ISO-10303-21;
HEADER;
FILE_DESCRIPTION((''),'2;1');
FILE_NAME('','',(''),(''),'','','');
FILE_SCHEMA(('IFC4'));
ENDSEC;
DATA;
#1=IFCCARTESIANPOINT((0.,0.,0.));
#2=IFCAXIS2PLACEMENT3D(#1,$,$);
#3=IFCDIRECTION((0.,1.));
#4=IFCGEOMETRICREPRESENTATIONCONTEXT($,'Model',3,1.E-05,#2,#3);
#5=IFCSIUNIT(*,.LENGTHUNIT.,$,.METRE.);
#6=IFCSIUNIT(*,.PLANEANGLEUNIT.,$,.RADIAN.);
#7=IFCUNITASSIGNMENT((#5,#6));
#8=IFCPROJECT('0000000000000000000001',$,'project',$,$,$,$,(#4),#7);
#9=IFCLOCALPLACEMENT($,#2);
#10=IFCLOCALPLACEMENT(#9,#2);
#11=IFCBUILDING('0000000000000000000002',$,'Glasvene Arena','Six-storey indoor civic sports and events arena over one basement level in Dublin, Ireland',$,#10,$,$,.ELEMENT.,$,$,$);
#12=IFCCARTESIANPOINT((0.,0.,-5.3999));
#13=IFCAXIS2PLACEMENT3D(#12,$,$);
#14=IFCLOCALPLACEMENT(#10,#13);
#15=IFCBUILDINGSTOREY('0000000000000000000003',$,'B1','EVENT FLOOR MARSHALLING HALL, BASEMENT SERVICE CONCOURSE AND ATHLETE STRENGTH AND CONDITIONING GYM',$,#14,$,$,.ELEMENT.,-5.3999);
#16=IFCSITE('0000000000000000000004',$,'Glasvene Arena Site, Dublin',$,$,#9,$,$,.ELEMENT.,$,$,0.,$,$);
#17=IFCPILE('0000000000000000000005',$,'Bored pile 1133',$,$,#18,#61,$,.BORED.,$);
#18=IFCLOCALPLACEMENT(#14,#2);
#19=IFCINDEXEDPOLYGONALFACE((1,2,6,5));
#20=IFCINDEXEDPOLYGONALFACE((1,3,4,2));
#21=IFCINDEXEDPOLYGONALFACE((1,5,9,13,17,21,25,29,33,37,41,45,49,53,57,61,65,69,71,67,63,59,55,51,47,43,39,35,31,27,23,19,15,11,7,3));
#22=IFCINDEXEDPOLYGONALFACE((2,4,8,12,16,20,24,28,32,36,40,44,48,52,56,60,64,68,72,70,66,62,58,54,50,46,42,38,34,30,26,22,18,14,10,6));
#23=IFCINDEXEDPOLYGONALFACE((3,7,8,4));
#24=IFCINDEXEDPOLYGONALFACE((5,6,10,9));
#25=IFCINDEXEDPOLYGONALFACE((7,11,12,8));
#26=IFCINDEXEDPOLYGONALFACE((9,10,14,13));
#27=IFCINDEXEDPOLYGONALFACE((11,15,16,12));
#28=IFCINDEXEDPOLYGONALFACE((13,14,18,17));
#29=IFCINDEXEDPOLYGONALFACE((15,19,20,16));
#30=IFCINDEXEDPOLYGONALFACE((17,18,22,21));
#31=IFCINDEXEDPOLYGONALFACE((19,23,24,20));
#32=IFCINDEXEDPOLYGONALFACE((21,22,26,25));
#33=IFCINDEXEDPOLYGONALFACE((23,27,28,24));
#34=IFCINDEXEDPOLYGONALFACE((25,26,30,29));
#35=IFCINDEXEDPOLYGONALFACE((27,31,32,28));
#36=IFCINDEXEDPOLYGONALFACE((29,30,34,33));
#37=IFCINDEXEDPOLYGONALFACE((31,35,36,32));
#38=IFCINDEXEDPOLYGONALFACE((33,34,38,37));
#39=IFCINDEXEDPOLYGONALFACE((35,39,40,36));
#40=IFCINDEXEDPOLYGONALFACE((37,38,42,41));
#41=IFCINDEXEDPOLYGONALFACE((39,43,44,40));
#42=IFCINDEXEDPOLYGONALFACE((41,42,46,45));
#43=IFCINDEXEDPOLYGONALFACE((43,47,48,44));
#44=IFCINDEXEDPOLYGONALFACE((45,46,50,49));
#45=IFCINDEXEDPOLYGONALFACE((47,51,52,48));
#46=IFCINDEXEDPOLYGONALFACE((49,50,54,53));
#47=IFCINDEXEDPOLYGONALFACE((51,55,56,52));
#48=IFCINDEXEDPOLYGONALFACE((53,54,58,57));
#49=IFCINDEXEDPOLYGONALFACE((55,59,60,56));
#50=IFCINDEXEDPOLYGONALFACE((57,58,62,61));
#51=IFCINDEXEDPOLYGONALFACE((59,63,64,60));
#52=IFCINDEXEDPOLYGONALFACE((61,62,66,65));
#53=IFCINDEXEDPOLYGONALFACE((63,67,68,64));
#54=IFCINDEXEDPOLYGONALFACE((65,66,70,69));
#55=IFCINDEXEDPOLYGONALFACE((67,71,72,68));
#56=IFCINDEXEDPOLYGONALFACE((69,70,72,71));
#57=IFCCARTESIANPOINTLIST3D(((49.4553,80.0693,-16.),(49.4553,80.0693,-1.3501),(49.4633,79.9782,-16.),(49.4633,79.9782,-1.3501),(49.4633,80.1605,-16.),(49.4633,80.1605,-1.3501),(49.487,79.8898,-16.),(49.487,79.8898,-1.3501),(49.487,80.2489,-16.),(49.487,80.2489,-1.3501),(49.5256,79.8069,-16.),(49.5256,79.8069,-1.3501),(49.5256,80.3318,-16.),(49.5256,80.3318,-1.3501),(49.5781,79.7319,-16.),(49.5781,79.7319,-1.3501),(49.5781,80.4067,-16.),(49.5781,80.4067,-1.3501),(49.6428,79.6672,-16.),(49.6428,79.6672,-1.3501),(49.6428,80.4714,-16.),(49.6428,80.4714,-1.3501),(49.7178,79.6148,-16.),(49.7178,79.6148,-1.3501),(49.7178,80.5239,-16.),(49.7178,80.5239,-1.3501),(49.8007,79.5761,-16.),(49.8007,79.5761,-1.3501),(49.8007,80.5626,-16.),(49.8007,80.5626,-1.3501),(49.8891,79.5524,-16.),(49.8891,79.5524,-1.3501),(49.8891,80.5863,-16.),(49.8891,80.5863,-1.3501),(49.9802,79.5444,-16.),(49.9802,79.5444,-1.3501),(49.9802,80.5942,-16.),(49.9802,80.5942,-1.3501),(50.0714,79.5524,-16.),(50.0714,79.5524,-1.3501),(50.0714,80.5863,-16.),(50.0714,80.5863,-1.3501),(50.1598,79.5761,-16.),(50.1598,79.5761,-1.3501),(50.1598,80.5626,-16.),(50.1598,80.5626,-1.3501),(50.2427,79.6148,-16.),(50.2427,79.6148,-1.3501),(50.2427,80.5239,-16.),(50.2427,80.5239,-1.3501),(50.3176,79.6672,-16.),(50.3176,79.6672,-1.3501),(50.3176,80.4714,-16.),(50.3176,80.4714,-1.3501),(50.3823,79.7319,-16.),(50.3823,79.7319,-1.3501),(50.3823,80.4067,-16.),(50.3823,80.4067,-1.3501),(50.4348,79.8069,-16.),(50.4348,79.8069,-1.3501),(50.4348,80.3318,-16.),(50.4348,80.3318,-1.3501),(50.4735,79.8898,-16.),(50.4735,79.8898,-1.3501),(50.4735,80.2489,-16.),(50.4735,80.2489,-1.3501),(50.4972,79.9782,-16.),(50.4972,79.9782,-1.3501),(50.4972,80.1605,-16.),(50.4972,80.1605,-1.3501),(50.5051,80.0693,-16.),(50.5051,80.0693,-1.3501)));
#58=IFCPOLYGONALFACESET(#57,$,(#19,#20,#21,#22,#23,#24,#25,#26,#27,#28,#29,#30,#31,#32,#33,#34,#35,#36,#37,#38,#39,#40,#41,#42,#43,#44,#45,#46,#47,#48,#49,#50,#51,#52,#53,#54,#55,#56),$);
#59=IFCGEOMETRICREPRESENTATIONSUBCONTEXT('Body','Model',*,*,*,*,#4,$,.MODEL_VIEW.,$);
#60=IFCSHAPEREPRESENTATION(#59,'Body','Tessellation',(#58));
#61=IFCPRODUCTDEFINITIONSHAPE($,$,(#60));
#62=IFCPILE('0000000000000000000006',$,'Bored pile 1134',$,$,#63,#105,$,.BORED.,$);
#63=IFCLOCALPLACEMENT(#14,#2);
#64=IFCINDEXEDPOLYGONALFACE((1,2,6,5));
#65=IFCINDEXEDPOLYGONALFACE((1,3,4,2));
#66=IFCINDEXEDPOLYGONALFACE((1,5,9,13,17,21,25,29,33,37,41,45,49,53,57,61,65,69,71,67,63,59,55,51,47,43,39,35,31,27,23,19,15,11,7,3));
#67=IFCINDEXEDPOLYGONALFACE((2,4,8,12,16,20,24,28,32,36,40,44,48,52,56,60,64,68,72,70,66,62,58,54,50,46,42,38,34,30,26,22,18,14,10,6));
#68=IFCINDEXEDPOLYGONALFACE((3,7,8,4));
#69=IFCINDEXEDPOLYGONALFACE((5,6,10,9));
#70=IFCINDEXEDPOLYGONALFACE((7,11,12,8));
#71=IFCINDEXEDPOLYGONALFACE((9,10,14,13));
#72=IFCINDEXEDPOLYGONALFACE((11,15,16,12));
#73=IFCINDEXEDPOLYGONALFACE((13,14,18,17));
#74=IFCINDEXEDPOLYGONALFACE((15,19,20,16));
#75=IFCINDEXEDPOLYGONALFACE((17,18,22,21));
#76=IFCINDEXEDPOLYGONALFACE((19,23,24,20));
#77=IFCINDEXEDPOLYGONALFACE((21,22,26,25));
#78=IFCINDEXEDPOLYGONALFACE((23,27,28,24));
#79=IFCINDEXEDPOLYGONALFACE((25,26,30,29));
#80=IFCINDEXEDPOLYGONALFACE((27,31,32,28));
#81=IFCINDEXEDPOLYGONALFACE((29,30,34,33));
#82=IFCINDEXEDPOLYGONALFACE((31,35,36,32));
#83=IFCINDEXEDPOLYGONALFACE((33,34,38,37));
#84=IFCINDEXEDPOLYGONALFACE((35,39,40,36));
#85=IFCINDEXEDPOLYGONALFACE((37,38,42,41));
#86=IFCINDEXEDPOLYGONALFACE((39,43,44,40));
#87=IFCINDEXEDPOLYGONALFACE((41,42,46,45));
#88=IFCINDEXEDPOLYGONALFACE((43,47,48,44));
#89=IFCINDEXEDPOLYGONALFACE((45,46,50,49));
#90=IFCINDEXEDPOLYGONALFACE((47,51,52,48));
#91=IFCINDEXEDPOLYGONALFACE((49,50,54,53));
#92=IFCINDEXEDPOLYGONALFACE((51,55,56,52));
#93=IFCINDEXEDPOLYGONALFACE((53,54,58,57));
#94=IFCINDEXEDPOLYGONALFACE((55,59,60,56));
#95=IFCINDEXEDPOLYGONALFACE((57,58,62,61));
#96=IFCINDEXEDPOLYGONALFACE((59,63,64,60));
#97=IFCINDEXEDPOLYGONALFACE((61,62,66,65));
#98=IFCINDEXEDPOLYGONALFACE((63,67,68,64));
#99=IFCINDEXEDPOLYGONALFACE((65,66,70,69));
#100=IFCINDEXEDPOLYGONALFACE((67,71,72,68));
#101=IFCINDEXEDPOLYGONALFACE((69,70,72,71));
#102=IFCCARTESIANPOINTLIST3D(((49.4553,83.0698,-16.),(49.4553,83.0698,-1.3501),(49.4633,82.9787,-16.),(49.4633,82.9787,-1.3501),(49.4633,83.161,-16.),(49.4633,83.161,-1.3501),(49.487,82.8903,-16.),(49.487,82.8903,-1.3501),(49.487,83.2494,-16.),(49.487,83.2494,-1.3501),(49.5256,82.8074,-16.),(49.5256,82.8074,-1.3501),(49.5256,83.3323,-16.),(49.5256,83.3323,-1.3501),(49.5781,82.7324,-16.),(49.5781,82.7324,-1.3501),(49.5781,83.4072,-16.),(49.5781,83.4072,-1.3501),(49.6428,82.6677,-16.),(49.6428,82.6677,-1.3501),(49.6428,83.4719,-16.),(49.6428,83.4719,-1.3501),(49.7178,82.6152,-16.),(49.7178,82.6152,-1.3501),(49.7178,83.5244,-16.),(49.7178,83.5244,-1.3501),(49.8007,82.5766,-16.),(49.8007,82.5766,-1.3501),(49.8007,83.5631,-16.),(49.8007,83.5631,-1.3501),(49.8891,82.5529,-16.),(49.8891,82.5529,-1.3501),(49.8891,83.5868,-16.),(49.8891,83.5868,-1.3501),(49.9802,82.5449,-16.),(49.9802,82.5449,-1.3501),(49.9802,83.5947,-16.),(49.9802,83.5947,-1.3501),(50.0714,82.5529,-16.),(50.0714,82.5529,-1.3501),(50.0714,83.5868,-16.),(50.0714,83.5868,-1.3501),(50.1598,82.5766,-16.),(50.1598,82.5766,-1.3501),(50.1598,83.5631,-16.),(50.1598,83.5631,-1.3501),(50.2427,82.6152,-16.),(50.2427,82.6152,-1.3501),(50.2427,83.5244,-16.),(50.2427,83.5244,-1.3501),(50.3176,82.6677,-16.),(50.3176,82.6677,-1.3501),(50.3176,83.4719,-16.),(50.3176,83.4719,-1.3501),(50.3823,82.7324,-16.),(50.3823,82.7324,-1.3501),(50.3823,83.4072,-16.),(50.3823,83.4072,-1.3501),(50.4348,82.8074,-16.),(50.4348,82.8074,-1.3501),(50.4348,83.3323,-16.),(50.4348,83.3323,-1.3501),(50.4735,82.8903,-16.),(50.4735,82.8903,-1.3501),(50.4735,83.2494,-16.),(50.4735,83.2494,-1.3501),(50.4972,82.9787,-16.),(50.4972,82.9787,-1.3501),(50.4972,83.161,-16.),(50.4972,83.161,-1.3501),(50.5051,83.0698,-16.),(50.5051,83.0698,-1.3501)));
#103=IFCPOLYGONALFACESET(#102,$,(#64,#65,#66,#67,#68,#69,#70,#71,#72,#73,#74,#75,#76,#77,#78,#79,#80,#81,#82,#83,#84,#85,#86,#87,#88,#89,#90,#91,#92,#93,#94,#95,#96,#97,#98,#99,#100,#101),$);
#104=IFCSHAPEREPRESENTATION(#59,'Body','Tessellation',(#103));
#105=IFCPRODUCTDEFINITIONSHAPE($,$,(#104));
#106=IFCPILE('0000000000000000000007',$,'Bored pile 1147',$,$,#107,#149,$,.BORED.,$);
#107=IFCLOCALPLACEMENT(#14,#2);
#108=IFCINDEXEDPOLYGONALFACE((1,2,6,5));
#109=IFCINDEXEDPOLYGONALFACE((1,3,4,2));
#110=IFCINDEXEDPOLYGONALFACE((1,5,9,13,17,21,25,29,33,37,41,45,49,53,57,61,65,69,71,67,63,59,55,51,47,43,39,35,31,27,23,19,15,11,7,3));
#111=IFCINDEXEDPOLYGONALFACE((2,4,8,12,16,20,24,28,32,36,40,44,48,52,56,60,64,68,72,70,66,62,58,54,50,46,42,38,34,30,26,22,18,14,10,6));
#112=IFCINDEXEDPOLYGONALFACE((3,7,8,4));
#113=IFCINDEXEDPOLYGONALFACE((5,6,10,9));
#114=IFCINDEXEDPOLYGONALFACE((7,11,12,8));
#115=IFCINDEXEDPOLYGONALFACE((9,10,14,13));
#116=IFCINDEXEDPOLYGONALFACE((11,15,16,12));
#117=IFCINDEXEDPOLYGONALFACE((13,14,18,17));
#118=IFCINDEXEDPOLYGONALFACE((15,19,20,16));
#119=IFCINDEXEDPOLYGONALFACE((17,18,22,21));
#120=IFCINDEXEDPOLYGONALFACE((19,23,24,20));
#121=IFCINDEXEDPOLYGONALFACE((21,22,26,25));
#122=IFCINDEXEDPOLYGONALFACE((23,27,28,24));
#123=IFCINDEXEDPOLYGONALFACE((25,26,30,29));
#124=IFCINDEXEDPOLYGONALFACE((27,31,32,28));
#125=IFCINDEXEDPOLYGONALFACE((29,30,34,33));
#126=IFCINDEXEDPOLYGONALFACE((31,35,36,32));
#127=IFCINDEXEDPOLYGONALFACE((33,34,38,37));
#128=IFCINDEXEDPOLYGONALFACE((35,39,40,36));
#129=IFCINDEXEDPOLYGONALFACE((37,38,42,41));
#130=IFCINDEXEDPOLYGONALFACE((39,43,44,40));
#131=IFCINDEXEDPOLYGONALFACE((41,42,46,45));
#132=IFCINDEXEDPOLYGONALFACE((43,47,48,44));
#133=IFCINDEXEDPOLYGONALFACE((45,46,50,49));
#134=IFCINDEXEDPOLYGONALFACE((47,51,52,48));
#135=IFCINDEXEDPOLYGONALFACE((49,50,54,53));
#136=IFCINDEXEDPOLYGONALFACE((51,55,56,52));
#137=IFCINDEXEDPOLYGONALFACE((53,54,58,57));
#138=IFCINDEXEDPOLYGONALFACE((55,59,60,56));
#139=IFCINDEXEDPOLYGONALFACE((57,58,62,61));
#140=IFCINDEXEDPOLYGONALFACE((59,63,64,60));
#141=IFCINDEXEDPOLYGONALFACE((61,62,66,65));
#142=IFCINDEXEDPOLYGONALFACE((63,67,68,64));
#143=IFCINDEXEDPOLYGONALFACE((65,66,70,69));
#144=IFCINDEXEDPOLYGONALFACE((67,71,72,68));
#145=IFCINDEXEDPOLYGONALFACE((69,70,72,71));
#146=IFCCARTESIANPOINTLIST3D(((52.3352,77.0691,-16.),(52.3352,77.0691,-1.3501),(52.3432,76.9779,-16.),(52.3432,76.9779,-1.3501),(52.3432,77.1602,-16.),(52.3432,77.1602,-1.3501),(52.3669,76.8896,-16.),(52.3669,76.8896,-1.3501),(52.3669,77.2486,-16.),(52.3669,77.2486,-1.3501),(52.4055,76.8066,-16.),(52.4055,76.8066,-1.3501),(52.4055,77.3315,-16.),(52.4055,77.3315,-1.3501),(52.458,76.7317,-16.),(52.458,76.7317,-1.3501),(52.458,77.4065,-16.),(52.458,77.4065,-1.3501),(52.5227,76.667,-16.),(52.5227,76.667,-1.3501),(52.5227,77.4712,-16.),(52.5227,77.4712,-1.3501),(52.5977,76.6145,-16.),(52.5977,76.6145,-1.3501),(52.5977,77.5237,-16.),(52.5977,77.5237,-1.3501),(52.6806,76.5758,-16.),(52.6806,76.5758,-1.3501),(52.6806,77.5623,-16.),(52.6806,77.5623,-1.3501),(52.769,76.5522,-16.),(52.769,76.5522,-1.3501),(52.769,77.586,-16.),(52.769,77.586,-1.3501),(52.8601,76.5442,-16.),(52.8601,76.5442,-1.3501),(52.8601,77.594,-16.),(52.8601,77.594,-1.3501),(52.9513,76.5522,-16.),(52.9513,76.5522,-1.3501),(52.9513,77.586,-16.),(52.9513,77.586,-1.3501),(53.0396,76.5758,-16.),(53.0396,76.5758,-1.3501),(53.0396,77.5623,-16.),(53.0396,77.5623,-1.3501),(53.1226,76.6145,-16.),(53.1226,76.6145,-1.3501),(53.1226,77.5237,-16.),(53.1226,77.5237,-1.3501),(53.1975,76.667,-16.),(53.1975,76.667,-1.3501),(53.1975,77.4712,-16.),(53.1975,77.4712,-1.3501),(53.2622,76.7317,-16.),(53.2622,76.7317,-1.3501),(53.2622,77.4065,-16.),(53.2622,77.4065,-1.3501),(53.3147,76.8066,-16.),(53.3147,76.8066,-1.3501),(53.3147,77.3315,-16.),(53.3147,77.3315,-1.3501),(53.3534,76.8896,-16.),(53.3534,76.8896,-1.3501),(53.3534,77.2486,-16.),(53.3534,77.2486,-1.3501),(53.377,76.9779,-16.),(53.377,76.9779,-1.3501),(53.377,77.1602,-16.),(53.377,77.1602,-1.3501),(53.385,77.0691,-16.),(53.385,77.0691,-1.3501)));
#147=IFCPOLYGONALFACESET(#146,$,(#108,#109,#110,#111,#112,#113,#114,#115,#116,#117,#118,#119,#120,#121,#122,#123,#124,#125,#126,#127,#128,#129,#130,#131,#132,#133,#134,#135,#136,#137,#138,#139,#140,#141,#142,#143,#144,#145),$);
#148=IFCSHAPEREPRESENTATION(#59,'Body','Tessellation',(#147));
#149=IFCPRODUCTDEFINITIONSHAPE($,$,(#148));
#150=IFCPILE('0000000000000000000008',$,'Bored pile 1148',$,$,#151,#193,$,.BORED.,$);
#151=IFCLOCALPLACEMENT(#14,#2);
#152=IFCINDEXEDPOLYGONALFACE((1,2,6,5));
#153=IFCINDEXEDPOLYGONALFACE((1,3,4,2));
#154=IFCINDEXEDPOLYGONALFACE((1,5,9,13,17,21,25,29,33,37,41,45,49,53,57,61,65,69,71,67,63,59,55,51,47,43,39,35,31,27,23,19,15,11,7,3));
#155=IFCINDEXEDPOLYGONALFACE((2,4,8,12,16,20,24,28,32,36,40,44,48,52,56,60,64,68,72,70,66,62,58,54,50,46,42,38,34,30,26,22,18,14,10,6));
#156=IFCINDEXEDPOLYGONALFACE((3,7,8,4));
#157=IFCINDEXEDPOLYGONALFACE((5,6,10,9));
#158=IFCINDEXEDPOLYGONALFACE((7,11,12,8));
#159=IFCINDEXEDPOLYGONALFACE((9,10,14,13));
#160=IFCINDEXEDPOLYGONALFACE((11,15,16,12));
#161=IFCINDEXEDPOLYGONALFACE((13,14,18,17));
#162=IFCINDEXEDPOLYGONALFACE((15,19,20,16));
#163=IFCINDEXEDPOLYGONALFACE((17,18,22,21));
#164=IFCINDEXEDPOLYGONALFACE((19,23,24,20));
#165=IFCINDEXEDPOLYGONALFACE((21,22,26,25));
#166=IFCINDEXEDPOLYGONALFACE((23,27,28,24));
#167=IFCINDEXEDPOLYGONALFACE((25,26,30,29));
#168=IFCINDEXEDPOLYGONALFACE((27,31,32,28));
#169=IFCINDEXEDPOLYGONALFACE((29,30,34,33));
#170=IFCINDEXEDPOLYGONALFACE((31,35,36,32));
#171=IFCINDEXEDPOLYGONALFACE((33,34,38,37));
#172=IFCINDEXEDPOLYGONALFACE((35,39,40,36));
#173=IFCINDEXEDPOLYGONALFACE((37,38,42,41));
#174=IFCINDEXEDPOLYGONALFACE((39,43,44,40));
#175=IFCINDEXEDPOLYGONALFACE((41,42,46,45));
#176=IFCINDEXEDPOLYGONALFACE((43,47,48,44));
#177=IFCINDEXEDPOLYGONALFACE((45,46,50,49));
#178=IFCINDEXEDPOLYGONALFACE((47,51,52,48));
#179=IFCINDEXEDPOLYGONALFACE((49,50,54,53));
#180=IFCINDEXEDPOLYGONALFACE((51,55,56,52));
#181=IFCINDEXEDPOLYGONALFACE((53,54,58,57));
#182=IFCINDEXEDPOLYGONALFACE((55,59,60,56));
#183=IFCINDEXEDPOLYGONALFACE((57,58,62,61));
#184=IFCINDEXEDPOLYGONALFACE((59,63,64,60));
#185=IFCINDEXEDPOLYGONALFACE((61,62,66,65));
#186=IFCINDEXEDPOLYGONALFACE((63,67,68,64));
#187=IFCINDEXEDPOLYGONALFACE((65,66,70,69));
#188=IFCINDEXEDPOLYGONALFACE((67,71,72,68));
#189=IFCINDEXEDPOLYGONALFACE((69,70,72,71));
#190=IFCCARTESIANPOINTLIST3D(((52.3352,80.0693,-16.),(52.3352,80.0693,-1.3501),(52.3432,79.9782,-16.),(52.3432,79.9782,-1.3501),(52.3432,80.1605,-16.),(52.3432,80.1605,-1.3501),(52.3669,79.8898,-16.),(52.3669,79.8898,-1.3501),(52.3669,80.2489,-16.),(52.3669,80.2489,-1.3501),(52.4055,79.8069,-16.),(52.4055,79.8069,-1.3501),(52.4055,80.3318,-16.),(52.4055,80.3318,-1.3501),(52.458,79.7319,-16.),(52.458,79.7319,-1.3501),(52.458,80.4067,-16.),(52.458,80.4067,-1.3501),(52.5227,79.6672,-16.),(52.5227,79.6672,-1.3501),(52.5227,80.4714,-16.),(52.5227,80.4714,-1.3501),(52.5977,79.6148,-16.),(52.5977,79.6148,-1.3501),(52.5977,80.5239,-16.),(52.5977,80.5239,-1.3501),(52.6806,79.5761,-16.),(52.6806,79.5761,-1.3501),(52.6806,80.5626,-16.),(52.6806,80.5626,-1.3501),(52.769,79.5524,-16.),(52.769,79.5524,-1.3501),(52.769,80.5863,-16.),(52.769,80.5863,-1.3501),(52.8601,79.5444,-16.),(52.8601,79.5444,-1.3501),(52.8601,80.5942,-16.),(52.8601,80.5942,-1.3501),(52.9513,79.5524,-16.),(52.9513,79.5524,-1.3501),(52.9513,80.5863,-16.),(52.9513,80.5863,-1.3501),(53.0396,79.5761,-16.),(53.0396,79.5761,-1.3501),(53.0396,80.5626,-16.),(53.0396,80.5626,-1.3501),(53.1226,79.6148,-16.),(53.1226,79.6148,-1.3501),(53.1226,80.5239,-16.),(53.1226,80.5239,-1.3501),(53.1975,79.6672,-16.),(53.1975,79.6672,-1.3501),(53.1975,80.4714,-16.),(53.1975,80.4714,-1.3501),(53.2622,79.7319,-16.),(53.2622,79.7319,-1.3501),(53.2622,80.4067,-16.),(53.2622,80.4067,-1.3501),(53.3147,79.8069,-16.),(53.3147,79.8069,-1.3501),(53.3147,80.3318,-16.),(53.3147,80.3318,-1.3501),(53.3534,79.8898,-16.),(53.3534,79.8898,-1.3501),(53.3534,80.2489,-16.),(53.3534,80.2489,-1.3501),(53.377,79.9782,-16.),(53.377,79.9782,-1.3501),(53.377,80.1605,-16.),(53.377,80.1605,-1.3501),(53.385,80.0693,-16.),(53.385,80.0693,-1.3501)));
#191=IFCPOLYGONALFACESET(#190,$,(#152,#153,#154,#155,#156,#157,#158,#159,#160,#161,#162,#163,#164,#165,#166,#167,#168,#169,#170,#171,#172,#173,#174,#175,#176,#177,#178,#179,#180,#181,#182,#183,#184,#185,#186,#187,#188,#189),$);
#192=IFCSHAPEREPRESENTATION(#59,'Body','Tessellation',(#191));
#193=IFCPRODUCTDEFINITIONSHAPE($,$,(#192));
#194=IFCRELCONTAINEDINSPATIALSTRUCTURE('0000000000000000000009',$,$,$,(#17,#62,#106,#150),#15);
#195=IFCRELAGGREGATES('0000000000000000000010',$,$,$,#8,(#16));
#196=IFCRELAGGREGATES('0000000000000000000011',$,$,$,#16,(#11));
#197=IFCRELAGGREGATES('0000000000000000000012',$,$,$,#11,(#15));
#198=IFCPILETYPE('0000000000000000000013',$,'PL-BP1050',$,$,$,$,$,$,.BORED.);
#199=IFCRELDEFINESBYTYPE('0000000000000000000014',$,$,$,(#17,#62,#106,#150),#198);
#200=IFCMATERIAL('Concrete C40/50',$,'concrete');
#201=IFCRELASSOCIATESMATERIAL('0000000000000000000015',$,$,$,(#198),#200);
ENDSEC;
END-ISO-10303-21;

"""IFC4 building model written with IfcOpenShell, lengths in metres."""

from ifc_helpers import new_model, si_unit, direction, frame, origin, origin_2d, place, context, subcontext, project, spatial, circle, extrude, material, material_profile, profile_set, type_object, element, save


model = new_model("IFC4")

# Units and contexts
model_context = context("Model", 3, precision=1e-05, world=origin(), true_north=direction((0.0, 1.0)))
body_context = subcontext(model_context, "Body", "Model", "MODEL_VIEW")
ifc_project = project(units=[si_unit("LENGTHUNIT", "METRE"), si_unit("PLANEANGLEUNIT", "RADIAN")], contexts=[model_context])

# Site, building, storey
site_placement = place(None, origin())
site = spatial("IfcSite", under=ifc_project, at=site_placement, Name="Glasvene Arena Site, Dublin", CompositionType="ELEMENT", RefElevation=0.0)
building_placement = place(site_placement, origin())
building = spatial("IfcBuilding", under=site, at=building_placement, Name="Glasvene Arena", Description="Six-storey indoor civic sports and events arena over one basement level in Dublin, Ireland", CompositionType="ELEMENT")
storey_placement = place(building_placement, frame((0.0, 0.0, -5.3999)))
storey = spatial("IfcBuildingStorey", under=building, at=storey_placement, Name="B1", Description="EVENT FLOOR MARSHALLING HALL, BASEMENT SERVICE CONCOURSE AND ATHLETE STRENGTH AND CONDITIONING GYM", CompositionType="ELEMENT", Elevation=-5.3999)

# Piles
ifc_material_1 = material(Name="Concrete C40/50", Category="concrete")
ifc_material_profile_1 = material_profile(ifc_material_1, circle(Radius=0.5249, at=origin_2d()), Name="BORED PILE 1050")
ifc_profile_set_1 = profile_set([ifc_material_profile_1], Name="Concrete C40/50")
pile_type = type_object("IfcPileType", Name="PL-BP1050", PredefinedType="BORED", material=ifc_profile_set_1)
for number, where, z_axis, x_axis, name in (
    (1, (49.9802, 80.0693, -1.3501), (0.0, 0.0, -1.0), (1.0, 0.0, 0.0), "Bored pile 1133"),
    (2, (49.9802, 83.0698, -1.3501), (0.0, 0.0, -1.0), (1.0, 0.0, 0.0), "Bored pile 1134"),
    (3, (52.8601, 77.0691, -1.3501), (0.0, 0.0, -1.0), (1.0, 0.0, 0.0), "Bored pile 1147"),
    (4, (52.8601, 80.0693, -1.3501), (0.0, 0.0, -1.0), (1.0, 0.0, 0.0), "Bored pile 1148"),
):
    element("IfcPile", number, at=place(storey_placement, frame(where, z_axis=z_axis, x_axis=x_axis)), inside=storey, type_object=pile_type, Name=name, PredefinedType="BORED", context=body_context, shape_type="SweptSolid", body=[
        extrude(circle(Radius=0.5249, at=origin_2d()), origin(), (0.0, 0.0, 1.0), 14.6499),
    ])

save(model, "model.ifc")
